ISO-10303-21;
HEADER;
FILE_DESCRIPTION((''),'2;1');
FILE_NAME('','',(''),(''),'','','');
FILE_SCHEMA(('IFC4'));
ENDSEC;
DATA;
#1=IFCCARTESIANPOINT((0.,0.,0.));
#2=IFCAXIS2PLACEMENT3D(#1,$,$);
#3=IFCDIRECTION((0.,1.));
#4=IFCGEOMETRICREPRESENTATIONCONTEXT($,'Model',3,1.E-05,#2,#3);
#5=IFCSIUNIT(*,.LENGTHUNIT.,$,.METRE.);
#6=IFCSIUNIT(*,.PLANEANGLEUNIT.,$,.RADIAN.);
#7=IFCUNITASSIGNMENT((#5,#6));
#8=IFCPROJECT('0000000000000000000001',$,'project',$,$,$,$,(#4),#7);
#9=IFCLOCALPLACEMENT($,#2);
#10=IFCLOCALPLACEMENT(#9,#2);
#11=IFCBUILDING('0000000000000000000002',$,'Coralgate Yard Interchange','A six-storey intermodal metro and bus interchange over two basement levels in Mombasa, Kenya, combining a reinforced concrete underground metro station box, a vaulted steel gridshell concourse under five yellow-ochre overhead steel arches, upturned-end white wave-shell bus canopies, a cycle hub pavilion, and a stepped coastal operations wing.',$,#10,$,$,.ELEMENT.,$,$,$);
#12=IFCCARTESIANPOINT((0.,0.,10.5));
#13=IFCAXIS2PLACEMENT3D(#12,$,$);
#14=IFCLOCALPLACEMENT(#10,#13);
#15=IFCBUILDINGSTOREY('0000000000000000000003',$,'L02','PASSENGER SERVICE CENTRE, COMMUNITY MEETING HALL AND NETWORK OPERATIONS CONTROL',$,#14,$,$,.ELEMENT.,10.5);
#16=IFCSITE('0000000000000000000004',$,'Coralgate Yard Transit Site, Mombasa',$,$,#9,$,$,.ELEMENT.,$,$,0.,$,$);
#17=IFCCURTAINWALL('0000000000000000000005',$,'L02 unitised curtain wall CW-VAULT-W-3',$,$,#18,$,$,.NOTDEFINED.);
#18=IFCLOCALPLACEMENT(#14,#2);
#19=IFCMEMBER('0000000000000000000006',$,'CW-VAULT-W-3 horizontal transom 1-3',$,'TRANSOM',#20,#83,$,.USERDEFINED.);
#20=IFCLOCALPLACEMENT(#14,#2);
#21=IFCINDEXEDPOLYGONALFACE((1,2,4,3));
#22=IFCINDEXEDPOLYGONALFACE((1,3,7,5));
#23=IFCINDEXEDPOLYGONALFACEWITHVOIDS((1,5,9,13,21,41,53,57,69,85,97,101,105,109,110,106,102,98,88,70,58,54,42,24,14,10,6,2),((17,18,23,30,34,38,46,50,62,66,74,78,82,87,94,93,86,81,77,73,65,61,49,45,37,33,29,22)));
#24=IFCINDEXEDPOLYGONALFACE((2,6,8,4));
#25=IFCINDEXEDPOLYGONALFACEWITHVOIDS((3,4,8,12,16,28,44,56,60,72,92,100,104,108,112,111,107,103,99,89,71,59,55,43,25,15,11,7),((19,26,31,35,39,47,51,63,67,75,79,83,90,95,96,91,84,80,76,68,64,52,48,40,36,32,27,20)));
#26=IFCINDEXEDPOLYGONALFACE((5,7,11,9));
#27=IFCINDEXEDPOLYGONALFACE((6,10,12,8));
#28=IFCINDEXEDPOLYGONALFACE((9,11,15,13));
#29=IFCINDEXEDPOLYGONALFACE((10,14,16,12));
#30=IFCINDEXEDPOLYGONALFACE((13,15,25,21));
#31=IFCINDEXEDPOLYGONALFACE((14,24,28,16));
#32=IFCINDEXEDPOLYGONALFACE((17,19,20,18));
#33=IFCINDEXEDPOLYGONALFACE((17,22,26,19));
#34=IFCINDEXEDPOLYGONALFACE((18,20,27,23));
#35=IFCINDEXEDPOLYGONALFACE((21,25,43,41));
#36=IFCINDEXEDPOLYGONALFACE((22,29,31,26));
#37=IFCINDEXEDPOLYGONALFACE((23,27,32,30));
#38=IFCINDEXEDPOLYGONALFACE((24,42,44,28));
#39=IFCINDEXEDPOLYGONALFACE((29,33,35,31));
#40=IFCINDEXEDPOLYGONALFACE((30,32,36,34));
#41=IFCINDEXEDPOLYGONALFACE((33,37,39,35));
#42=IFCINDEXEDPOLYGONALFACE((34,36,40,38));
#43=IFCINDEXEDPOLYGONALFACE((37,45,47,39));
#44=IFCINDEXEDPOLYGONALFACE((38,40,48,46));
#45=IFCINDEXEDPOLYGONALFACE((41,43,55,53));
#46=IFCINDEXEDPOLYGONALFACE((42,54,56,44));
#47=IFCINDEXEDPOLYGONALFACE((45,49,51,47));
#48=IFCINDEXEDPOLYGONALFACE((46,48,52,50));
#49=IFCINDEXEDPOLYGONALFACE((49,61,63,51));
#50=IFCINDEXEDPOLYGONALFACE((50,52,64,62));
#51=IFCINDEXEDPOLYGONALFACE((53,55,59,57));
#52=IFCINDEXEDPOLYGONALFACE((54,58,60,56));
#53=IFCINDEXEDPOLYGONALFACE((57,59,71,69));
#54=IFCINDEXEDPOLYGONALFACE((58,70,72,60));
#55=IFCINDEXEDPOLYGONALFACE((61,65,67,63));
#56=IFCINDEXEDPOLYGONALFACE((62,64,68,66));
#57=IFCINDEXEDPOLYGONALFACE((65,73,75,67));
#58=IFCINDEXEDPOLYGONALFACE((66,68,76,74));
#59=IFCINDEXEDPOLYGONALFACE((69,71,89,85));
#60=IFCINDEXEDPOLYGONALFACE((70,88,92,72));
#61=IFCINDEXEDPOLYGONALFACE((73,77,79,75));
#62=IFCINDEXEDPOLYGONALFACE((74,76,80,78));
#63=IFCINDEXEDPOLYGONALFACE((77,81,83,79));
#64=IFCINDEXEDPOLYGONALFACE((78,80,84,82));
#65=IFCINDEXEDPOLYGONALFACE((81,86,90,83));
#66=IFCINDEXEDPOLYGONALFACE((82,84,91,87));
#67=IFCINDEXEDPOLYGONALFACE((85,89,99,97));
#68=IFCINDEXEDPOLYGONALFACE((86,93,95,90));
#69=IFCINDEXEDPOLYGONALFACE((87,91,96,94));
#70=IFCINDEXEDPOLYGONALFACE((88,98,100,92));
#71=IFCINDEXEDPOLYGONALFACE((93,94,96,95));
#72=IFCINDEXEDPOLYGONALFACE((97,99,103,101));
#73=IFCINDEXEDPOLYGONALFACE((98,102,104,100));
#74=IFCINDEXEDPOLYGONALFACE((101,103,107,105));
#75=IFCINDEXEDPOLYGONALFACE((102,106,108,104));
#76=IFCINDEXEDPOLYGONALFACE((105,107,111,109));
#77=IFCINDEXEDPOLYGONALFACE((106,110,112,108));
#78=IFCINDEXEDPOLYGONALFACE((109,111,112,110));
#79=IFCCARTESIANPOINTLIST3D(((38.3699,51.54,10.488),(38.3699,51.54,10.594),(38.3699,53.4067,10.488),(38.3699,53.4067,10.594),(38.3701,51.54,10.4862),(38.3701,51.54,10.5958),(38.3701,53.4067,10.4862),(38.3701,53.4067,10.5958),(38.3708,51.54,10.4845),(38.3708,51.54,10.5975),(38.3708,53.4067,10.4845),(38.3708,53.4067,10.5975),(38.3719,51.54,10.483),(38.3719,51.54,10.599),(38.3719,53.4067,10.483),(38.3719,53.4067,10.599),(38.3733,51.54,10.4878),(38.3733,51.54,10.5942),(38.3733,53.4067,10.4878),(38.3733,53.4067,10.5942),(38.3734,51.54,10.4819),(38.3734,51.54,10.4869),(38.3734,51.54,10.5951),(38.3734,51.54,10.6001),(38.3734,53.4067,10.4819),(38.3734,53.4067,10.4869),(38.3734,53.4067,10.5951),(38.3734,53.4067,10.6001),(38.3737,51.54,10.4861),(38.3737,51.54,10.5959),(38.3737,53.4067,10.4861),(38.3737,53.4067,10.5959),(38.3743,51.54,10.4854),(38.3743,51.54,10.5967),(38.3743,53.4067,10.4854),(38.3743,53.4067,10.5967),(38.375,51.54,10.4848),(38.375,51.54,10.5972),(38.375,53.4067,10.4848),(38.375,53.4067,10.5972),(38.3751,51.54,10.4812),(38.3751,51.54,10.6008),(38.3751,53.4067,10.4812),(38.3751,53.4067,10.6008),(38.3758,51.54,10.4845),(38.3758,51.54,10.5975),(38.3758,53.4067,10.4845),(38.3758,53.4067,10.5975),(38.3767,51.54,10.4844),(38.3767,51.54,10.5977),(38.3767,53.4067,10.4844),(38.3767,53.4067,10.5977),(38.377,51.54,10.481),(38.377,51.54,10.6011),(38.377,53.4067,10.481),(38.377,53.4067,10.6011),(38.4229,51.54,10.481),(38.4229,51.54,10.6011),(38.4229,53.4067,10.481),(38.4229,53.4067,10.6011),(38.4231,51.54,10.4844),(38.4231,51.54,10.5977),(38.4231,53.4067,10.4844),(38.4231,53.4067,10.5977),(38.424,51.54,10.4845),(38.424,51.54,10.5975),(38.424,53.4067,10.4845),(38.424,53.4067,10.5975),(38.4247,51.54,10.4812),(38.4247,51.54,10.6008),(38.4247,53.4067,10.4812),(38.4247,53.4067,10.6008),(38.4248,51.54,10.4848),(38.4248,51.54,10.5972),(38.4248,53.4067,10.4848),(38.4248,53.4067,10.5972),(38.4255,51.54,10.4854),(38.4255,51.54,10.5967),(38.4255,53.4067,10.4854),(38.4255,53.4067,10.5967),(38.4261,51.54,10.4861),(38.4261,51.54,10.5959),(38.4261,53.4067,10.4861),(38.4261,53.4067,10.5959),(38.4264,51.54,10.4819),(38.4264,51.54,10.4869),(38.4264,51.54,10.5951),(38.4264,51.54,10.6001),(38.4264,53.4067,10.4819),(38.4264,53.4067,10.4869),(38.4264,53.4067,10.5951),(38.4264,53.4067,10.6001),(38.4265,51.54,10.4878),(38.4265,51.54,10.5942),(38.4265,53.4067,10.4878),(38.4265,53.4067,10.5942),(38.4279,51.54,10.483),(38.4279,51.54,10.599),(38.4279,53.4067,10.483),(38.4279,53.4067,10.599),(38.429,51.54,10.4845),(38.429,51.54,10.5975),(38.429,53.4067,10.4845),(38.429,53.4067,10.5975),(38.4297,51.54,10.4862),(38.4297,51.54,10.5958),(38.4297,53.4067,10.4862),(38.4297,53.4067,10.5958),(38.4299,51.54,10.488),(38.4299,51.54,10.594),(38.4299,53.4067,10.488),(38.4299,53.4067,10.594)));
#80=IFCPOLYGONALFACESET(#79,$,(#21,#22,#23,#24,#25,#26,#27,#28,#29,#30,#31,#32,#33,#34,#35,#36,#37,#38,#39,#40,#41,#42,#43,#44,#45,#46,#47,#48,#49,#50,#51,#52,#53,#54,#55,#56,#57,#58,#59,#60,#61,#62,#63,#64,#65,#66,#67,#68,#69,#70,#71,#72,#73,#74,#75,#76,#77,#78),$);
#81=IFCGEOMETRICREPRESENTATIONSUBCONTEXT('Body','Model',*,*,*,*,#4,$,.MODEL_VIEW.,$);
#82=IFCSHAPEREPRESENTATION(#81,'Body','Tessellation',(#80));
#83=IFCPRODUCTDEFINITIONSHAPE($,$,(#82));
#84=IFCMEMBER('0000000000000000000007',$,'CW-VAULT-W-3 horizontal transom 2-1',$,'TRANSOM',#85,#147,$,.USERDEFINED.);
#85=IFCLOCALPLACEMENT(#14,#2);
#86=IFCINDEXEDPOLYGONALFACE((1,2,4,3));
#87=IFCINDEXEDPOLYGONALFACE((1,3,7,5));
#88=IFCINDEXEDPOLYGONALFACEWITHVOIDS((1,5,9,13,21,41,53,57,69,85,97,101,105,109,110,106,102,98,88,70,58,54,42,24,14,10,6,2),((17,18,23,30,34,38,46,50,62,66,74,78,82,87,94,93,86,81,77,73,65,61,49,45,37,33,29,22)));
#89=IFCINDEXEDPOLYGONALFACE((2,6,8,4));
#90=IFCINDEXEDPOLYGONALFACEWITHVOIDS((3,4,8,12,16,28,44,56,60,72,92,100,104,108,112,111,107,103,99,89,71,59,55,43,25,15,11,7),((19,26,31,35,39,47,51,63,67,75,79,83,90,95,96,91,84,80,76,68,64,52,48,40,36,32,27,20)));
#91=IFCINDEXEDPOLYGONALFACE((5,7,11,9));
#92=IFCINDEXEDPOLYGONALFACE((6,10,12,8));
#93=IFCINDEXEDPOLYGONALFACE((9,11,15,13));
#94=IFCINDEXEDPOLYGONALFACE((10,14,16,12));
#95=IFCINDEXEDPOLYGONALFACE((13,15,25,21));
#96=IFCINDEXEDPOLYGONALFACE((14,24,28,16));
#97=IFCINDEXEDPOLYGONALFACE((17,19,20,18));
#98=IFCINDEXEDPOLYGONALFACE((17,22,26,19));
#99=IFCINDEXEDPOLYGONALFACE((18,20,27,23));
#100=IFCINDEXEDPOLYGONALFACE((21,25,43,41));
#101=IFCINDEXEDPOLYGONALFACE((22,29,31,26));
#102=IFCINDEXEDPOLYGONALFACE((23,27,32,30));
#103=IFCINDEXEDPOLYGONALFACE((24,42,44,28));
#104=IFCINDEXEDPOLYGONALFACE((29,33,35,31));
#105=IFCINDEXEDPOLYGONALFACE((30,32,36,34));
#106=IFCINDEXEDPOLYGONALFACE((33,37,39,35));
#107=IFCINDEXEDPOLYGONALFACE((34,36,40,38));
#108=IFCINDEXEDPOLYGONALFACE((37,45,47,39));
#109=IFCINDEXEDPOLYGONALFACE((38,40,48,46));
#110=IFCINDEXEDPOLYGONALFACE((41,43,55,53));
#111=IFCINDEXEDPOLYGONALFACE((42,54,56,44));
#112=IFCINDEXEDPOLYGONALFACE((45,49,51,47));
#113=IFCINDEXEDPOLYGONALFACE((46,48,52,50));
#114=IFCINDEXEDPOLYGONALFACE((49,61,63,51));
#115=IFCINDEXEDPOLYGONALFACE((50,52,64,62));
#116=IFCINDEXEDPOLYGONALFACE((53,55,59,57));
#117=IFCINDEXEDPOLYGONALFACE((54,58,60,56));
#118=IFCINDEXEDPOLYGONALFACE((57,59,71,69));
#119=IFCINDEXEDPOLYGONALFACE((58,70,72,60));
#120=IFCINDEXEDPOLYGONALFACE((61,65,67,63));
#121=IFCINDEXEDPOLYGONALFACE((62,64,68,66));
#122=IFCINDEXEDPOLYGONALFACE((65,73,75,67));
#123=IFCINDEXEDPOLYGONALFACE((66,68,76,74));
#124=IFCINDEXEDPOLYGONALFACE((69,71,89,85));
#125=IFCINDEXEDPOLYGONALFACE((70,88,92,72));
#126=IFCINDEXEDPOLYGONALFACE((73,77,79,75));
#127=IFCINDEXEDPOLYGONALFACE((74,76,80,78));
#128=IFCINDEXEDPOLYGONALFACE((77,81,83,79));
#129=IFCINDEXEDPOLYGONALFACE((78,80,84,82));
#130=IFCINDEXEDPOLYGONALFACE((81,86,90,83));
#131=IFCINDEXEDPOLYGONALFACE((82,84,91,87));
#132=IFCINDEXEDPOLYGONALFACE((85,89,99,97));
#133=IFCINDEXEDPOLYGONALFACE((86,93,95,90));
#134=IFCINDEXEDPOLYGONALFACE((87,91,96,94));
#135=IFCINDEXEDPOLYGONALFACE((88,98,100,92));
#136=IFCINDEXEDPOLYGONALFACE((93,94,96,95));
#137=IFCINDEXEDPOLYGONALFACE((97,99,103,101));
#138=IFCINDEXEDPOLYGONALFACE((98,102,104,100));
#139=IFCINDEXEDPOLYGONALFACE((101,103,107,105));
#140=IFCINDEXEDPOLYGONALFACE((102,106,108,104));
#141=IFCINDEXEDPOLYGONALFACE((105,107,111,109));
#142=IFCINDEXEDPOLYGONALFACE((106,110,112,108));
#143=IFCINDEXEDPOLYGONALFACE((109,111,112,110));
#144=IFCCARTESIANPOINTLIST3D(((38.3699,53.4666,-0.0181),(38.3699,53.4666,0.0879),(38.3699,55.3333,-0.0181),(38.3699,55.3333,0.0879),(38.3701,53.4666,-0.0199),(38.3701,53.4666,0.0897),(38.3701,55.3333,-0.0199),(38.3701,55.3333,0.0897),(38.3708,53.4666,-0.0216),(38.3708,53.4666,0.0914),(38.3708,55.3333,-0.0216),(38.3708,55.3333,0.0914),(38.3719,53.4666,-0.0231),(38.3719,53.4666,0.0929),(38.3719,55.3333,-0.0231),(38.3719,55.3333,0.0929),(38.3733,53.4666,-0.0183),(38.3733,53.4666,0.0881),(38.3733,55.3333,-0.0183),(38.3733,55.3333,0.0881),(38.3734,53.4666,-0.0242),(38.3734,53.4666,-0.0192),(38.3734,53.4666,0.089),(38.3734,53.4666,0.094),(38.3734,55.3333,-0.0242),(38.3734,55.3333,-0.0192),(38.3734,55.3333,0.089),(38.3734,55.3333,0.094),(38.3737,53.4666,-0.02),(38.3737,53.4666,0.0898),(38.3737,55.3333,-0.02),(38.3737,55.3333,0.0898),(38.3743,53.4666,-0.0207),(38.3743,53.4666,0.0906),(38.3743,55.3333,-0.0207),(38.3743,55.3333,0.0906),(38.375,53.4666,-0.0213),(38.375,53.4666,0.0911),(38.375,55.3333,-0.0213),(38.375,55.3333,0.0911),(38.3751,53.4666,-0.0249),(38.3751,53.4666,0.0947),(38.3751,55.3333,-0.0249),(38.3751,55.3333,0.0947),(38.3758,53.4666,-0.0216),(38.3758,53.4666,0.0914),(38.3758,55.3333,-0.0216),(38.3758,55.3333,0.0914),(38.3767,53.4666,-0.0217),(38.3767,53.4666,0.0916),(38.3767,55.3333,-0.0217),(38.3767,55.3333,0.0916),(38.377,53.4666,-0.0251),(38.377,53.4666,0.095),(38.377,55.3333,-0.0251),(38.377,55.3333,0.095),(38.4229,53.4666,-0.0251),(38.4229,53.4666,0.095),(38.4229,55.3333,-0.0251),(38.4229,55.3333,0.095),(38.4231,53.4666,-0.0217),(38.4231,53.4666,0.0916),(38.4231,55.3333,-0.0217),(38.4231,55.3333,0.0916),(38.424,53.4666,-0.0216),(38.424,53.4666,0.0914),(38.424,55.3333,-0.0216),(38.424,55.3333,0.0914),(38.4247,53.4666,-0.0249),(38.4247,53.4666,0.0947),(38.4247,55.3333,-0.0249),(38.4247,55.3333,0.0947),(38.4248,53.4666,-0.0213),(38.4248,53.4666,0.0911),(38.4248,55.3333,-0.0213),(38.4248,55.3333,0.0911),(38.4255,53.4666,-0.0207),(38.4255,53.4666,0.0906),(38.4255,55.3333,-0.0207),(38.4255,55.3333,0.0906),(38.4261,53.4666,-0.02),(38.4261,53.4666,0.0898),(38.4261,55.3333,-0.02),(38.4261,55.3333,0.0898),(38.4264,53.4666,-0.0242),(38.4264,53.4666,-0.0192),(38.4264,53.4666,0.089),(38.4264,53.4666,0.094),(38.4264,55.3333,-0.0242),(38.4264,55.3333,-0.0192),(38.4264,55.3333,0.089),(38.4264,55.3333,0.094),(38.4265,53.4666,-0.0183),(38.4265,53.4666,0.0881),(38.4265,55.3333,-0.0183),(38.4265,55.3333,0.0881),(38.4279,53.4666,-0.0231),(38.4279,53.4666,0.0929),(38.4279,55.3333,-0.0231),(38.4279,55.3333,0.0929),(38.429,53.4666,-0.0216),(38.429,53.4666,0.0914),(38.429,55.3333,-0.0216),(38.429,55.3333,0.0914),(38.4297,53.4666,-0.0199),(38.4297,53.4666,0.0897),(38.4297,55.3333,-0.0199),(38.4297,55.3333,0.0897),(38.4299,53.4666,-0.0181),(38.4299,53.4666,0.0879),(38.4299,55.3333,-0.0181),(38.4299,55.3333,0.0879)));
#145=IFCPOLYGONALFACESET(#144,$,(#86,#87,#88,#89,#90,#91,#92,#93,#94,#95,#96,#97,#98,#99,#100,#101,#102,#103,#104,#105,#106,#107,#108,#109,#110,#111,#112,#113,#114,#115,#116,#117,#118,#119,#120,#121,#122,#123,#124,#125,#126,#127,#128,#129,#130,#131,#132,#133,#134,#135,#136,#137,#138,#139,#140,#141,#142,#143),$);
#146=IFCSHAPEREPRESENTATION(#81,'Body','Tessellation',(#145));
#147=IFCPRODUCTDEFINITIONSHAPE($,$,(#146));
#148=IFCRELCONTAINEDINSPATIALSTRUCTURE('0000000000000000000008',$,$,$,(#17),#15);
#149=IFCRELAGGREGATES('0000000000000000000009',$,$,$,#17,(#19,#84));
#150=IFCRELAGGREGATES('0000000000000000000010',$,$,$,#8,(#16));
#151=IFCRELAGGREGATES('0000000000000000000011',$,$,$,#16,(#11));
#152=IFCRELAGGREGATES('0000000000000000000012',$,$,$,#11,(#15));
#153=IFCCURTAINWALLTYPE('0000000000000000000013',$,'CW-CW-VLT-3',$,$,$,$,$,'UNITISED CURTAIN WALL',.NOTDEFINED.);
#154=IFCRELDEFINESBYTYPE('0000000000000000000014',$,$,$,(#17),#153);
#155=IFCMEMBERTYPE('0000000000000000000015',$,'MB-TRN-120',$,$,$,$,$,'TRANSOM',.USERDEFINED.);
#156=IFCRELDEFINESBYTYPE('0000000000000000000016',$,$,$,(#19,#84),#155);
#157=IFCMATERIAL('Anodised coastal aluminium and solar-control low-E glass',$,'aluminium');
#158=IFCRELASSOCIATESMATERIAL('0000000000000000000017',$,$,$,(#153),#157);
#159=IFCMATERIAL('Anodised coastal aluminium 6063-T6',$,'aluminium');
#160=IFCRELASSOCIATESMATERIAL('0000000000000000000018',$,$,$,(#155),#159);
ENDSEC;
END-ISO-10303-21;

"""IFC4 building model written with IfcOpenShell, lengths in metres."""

from ifc_helpers import new_model, si_unit, direction, frame, origin, origin_2d, place, context, subcontext, project, spatial, hollow_rectangle, extrude, material, material_profile, profile_set, type_object, element, aggregate, save


model = new_model("IFC4")

# Units and contexts
model_context = context("Model", 3, precision=1e-05, world=origin(), true_north=direction((0.0, 1.0)))
body_context = subcontext(model_context, "Body", "Model", "MODEL_VIEW")
ifc_project = project(units=[si_unit("LENGTHUNIT", "METRE"), si_unit("PLANEANGLEUNIT", "RADIAN")], contexts=[model_context])

# Site, building, storey
site_placement = place(None, origin())
site = spatial("IfcSite", under=ifc_project, at=site_placement, Name="Coralgate Yard Transit Site, Mombasa", CompositionType="ELEMENT", RefElevation=0.0)
building_placement = place(site_placement, origin())
building = spatial("IfcBuilding", under=site, at=building_placement, Name="Coralgate Yard Interchange", Description="A six-storey intermodal metro and bus interchange over two basement levels in Mombasa, Kenya, combining a reinforced concrete underground metro station box, a vaulted steel gridshell concourse under five yellow-ochre overhead steel arches, upturned-end white wave-shell bus canopies, a cycle hub pavilion, and a stepped coastal operations wing.", CompositionType="ELEMENT")
storey_placement = place(building_placement, frame((0.0, 0.0, 10.5)))
storey = spatial("IfcBuildingStorey", under=building, at=storey_placement, Name="L02", Description="PASSENGER SERVICE CENTRE, COMMUNITY MEETING HALL AND NETWORK OPERATIONS CONTROL", CompositionType="ELEMENT", Elevation=10.5)

# Curtain wall
ifc_material_1 = material(Name="Anodised coastal aluminium and solar-control low-E glass", Category="aluminium")
curtain_wall_type = type_object("IfcCurtainWallType", Name="CW-CW-VLT-3", ElementType="UNITISED CURTAIN WALL", PredefinedType="NOTDEFINED", material=ifc_material_1)
curtain_wall_1_placement = place(storey_placement, origin())
curtain_wall_1 = element("IfcCurtainWall", 1, at=curtain_wall_1_placement, inside=storey, type_object=curtain_wall_type, Name="L02 unitised curtain wall CW-VAULT-W-3", PredefinedType="NOTDEFINED")
ifc_material_2 = material(Name="Anodised coastal aluminium 6063-T6", Category="aluminium")

# Members
ifc_material_profile_1 = material_profile(ifc_material_2, hollow_rectangle(XDim=0.0601, YDim=0.1201, WallThickness=0.0034, InnerFilletRadius=0.0034, OuterFilletRadius=0.0071, at=origin_2d()), Name="ALU 60x120x3.5")
ifc_profile_set_1 = profile_set([ifc_material_profile_1], Name="Anodised coastal aluminium 6063-T6")
member_type_1 = type_object("IfcMemberType", Name="MB-TRN-120", ElementType="TRANSOM", PredefinedType="USERDEFINED", material=ifc_profile_set_1)
member_1_placement = place(storey_placement, frame((38.3999, 51.54, 10.541), z_axis=(0.0, 1.0, 0.0), x_axis=(-1.0, 0.0, 0.0)))
member_1 = element("IfcMember", 2, at=member_1_placement, type_object=member_type_1, Name="CW-VAULT-W-3 horizontal transom 1-3", ObjectType="TRANSOM", PredefinedType="USERDEFINED", context=body_context, shape_type="SweptSolid", body=[
    extrude(hollow_rectangle(XDim=0.0601, YDim=0.1201, WallThickness=0.0034, InnerFilletRadius=0.0034, OuterFilletRadius=0.0071, at=origin_2d()), origin(), (0.0, 0.0, 1.0), 1.8667),
])
member_2_placement = place(storey_placement, frame((38.3999, 53.4666, 0.0349), z_axis=(0.0, 1.0, 0.0), x_axis=(-1.0, 0.0, 0.0)))
member_2 = element("IfcMember", 3, at=member_2_placement, type_object=member_type_1, Name="CW-VAULT-W-3 horizontal transom 2-1", ObjectType="TRANSOM", PredefinedType="USERDEFINED", context=body_context, shape_type="SweptSolid", body=[
    extrude(hollow_rectangle(XDim=0.0601, YDim=0.1201, WallThickness=0.0034, InnerFilletRadius=0.0034, OuterFilletRadius=0.0071, at=origin_2d()), origin(), (0.0, 0.0, 1.0), 1.8667),
])

aggregate(curtain_wall_1, [member_1, member_2])

save(model, "model.ifc")
